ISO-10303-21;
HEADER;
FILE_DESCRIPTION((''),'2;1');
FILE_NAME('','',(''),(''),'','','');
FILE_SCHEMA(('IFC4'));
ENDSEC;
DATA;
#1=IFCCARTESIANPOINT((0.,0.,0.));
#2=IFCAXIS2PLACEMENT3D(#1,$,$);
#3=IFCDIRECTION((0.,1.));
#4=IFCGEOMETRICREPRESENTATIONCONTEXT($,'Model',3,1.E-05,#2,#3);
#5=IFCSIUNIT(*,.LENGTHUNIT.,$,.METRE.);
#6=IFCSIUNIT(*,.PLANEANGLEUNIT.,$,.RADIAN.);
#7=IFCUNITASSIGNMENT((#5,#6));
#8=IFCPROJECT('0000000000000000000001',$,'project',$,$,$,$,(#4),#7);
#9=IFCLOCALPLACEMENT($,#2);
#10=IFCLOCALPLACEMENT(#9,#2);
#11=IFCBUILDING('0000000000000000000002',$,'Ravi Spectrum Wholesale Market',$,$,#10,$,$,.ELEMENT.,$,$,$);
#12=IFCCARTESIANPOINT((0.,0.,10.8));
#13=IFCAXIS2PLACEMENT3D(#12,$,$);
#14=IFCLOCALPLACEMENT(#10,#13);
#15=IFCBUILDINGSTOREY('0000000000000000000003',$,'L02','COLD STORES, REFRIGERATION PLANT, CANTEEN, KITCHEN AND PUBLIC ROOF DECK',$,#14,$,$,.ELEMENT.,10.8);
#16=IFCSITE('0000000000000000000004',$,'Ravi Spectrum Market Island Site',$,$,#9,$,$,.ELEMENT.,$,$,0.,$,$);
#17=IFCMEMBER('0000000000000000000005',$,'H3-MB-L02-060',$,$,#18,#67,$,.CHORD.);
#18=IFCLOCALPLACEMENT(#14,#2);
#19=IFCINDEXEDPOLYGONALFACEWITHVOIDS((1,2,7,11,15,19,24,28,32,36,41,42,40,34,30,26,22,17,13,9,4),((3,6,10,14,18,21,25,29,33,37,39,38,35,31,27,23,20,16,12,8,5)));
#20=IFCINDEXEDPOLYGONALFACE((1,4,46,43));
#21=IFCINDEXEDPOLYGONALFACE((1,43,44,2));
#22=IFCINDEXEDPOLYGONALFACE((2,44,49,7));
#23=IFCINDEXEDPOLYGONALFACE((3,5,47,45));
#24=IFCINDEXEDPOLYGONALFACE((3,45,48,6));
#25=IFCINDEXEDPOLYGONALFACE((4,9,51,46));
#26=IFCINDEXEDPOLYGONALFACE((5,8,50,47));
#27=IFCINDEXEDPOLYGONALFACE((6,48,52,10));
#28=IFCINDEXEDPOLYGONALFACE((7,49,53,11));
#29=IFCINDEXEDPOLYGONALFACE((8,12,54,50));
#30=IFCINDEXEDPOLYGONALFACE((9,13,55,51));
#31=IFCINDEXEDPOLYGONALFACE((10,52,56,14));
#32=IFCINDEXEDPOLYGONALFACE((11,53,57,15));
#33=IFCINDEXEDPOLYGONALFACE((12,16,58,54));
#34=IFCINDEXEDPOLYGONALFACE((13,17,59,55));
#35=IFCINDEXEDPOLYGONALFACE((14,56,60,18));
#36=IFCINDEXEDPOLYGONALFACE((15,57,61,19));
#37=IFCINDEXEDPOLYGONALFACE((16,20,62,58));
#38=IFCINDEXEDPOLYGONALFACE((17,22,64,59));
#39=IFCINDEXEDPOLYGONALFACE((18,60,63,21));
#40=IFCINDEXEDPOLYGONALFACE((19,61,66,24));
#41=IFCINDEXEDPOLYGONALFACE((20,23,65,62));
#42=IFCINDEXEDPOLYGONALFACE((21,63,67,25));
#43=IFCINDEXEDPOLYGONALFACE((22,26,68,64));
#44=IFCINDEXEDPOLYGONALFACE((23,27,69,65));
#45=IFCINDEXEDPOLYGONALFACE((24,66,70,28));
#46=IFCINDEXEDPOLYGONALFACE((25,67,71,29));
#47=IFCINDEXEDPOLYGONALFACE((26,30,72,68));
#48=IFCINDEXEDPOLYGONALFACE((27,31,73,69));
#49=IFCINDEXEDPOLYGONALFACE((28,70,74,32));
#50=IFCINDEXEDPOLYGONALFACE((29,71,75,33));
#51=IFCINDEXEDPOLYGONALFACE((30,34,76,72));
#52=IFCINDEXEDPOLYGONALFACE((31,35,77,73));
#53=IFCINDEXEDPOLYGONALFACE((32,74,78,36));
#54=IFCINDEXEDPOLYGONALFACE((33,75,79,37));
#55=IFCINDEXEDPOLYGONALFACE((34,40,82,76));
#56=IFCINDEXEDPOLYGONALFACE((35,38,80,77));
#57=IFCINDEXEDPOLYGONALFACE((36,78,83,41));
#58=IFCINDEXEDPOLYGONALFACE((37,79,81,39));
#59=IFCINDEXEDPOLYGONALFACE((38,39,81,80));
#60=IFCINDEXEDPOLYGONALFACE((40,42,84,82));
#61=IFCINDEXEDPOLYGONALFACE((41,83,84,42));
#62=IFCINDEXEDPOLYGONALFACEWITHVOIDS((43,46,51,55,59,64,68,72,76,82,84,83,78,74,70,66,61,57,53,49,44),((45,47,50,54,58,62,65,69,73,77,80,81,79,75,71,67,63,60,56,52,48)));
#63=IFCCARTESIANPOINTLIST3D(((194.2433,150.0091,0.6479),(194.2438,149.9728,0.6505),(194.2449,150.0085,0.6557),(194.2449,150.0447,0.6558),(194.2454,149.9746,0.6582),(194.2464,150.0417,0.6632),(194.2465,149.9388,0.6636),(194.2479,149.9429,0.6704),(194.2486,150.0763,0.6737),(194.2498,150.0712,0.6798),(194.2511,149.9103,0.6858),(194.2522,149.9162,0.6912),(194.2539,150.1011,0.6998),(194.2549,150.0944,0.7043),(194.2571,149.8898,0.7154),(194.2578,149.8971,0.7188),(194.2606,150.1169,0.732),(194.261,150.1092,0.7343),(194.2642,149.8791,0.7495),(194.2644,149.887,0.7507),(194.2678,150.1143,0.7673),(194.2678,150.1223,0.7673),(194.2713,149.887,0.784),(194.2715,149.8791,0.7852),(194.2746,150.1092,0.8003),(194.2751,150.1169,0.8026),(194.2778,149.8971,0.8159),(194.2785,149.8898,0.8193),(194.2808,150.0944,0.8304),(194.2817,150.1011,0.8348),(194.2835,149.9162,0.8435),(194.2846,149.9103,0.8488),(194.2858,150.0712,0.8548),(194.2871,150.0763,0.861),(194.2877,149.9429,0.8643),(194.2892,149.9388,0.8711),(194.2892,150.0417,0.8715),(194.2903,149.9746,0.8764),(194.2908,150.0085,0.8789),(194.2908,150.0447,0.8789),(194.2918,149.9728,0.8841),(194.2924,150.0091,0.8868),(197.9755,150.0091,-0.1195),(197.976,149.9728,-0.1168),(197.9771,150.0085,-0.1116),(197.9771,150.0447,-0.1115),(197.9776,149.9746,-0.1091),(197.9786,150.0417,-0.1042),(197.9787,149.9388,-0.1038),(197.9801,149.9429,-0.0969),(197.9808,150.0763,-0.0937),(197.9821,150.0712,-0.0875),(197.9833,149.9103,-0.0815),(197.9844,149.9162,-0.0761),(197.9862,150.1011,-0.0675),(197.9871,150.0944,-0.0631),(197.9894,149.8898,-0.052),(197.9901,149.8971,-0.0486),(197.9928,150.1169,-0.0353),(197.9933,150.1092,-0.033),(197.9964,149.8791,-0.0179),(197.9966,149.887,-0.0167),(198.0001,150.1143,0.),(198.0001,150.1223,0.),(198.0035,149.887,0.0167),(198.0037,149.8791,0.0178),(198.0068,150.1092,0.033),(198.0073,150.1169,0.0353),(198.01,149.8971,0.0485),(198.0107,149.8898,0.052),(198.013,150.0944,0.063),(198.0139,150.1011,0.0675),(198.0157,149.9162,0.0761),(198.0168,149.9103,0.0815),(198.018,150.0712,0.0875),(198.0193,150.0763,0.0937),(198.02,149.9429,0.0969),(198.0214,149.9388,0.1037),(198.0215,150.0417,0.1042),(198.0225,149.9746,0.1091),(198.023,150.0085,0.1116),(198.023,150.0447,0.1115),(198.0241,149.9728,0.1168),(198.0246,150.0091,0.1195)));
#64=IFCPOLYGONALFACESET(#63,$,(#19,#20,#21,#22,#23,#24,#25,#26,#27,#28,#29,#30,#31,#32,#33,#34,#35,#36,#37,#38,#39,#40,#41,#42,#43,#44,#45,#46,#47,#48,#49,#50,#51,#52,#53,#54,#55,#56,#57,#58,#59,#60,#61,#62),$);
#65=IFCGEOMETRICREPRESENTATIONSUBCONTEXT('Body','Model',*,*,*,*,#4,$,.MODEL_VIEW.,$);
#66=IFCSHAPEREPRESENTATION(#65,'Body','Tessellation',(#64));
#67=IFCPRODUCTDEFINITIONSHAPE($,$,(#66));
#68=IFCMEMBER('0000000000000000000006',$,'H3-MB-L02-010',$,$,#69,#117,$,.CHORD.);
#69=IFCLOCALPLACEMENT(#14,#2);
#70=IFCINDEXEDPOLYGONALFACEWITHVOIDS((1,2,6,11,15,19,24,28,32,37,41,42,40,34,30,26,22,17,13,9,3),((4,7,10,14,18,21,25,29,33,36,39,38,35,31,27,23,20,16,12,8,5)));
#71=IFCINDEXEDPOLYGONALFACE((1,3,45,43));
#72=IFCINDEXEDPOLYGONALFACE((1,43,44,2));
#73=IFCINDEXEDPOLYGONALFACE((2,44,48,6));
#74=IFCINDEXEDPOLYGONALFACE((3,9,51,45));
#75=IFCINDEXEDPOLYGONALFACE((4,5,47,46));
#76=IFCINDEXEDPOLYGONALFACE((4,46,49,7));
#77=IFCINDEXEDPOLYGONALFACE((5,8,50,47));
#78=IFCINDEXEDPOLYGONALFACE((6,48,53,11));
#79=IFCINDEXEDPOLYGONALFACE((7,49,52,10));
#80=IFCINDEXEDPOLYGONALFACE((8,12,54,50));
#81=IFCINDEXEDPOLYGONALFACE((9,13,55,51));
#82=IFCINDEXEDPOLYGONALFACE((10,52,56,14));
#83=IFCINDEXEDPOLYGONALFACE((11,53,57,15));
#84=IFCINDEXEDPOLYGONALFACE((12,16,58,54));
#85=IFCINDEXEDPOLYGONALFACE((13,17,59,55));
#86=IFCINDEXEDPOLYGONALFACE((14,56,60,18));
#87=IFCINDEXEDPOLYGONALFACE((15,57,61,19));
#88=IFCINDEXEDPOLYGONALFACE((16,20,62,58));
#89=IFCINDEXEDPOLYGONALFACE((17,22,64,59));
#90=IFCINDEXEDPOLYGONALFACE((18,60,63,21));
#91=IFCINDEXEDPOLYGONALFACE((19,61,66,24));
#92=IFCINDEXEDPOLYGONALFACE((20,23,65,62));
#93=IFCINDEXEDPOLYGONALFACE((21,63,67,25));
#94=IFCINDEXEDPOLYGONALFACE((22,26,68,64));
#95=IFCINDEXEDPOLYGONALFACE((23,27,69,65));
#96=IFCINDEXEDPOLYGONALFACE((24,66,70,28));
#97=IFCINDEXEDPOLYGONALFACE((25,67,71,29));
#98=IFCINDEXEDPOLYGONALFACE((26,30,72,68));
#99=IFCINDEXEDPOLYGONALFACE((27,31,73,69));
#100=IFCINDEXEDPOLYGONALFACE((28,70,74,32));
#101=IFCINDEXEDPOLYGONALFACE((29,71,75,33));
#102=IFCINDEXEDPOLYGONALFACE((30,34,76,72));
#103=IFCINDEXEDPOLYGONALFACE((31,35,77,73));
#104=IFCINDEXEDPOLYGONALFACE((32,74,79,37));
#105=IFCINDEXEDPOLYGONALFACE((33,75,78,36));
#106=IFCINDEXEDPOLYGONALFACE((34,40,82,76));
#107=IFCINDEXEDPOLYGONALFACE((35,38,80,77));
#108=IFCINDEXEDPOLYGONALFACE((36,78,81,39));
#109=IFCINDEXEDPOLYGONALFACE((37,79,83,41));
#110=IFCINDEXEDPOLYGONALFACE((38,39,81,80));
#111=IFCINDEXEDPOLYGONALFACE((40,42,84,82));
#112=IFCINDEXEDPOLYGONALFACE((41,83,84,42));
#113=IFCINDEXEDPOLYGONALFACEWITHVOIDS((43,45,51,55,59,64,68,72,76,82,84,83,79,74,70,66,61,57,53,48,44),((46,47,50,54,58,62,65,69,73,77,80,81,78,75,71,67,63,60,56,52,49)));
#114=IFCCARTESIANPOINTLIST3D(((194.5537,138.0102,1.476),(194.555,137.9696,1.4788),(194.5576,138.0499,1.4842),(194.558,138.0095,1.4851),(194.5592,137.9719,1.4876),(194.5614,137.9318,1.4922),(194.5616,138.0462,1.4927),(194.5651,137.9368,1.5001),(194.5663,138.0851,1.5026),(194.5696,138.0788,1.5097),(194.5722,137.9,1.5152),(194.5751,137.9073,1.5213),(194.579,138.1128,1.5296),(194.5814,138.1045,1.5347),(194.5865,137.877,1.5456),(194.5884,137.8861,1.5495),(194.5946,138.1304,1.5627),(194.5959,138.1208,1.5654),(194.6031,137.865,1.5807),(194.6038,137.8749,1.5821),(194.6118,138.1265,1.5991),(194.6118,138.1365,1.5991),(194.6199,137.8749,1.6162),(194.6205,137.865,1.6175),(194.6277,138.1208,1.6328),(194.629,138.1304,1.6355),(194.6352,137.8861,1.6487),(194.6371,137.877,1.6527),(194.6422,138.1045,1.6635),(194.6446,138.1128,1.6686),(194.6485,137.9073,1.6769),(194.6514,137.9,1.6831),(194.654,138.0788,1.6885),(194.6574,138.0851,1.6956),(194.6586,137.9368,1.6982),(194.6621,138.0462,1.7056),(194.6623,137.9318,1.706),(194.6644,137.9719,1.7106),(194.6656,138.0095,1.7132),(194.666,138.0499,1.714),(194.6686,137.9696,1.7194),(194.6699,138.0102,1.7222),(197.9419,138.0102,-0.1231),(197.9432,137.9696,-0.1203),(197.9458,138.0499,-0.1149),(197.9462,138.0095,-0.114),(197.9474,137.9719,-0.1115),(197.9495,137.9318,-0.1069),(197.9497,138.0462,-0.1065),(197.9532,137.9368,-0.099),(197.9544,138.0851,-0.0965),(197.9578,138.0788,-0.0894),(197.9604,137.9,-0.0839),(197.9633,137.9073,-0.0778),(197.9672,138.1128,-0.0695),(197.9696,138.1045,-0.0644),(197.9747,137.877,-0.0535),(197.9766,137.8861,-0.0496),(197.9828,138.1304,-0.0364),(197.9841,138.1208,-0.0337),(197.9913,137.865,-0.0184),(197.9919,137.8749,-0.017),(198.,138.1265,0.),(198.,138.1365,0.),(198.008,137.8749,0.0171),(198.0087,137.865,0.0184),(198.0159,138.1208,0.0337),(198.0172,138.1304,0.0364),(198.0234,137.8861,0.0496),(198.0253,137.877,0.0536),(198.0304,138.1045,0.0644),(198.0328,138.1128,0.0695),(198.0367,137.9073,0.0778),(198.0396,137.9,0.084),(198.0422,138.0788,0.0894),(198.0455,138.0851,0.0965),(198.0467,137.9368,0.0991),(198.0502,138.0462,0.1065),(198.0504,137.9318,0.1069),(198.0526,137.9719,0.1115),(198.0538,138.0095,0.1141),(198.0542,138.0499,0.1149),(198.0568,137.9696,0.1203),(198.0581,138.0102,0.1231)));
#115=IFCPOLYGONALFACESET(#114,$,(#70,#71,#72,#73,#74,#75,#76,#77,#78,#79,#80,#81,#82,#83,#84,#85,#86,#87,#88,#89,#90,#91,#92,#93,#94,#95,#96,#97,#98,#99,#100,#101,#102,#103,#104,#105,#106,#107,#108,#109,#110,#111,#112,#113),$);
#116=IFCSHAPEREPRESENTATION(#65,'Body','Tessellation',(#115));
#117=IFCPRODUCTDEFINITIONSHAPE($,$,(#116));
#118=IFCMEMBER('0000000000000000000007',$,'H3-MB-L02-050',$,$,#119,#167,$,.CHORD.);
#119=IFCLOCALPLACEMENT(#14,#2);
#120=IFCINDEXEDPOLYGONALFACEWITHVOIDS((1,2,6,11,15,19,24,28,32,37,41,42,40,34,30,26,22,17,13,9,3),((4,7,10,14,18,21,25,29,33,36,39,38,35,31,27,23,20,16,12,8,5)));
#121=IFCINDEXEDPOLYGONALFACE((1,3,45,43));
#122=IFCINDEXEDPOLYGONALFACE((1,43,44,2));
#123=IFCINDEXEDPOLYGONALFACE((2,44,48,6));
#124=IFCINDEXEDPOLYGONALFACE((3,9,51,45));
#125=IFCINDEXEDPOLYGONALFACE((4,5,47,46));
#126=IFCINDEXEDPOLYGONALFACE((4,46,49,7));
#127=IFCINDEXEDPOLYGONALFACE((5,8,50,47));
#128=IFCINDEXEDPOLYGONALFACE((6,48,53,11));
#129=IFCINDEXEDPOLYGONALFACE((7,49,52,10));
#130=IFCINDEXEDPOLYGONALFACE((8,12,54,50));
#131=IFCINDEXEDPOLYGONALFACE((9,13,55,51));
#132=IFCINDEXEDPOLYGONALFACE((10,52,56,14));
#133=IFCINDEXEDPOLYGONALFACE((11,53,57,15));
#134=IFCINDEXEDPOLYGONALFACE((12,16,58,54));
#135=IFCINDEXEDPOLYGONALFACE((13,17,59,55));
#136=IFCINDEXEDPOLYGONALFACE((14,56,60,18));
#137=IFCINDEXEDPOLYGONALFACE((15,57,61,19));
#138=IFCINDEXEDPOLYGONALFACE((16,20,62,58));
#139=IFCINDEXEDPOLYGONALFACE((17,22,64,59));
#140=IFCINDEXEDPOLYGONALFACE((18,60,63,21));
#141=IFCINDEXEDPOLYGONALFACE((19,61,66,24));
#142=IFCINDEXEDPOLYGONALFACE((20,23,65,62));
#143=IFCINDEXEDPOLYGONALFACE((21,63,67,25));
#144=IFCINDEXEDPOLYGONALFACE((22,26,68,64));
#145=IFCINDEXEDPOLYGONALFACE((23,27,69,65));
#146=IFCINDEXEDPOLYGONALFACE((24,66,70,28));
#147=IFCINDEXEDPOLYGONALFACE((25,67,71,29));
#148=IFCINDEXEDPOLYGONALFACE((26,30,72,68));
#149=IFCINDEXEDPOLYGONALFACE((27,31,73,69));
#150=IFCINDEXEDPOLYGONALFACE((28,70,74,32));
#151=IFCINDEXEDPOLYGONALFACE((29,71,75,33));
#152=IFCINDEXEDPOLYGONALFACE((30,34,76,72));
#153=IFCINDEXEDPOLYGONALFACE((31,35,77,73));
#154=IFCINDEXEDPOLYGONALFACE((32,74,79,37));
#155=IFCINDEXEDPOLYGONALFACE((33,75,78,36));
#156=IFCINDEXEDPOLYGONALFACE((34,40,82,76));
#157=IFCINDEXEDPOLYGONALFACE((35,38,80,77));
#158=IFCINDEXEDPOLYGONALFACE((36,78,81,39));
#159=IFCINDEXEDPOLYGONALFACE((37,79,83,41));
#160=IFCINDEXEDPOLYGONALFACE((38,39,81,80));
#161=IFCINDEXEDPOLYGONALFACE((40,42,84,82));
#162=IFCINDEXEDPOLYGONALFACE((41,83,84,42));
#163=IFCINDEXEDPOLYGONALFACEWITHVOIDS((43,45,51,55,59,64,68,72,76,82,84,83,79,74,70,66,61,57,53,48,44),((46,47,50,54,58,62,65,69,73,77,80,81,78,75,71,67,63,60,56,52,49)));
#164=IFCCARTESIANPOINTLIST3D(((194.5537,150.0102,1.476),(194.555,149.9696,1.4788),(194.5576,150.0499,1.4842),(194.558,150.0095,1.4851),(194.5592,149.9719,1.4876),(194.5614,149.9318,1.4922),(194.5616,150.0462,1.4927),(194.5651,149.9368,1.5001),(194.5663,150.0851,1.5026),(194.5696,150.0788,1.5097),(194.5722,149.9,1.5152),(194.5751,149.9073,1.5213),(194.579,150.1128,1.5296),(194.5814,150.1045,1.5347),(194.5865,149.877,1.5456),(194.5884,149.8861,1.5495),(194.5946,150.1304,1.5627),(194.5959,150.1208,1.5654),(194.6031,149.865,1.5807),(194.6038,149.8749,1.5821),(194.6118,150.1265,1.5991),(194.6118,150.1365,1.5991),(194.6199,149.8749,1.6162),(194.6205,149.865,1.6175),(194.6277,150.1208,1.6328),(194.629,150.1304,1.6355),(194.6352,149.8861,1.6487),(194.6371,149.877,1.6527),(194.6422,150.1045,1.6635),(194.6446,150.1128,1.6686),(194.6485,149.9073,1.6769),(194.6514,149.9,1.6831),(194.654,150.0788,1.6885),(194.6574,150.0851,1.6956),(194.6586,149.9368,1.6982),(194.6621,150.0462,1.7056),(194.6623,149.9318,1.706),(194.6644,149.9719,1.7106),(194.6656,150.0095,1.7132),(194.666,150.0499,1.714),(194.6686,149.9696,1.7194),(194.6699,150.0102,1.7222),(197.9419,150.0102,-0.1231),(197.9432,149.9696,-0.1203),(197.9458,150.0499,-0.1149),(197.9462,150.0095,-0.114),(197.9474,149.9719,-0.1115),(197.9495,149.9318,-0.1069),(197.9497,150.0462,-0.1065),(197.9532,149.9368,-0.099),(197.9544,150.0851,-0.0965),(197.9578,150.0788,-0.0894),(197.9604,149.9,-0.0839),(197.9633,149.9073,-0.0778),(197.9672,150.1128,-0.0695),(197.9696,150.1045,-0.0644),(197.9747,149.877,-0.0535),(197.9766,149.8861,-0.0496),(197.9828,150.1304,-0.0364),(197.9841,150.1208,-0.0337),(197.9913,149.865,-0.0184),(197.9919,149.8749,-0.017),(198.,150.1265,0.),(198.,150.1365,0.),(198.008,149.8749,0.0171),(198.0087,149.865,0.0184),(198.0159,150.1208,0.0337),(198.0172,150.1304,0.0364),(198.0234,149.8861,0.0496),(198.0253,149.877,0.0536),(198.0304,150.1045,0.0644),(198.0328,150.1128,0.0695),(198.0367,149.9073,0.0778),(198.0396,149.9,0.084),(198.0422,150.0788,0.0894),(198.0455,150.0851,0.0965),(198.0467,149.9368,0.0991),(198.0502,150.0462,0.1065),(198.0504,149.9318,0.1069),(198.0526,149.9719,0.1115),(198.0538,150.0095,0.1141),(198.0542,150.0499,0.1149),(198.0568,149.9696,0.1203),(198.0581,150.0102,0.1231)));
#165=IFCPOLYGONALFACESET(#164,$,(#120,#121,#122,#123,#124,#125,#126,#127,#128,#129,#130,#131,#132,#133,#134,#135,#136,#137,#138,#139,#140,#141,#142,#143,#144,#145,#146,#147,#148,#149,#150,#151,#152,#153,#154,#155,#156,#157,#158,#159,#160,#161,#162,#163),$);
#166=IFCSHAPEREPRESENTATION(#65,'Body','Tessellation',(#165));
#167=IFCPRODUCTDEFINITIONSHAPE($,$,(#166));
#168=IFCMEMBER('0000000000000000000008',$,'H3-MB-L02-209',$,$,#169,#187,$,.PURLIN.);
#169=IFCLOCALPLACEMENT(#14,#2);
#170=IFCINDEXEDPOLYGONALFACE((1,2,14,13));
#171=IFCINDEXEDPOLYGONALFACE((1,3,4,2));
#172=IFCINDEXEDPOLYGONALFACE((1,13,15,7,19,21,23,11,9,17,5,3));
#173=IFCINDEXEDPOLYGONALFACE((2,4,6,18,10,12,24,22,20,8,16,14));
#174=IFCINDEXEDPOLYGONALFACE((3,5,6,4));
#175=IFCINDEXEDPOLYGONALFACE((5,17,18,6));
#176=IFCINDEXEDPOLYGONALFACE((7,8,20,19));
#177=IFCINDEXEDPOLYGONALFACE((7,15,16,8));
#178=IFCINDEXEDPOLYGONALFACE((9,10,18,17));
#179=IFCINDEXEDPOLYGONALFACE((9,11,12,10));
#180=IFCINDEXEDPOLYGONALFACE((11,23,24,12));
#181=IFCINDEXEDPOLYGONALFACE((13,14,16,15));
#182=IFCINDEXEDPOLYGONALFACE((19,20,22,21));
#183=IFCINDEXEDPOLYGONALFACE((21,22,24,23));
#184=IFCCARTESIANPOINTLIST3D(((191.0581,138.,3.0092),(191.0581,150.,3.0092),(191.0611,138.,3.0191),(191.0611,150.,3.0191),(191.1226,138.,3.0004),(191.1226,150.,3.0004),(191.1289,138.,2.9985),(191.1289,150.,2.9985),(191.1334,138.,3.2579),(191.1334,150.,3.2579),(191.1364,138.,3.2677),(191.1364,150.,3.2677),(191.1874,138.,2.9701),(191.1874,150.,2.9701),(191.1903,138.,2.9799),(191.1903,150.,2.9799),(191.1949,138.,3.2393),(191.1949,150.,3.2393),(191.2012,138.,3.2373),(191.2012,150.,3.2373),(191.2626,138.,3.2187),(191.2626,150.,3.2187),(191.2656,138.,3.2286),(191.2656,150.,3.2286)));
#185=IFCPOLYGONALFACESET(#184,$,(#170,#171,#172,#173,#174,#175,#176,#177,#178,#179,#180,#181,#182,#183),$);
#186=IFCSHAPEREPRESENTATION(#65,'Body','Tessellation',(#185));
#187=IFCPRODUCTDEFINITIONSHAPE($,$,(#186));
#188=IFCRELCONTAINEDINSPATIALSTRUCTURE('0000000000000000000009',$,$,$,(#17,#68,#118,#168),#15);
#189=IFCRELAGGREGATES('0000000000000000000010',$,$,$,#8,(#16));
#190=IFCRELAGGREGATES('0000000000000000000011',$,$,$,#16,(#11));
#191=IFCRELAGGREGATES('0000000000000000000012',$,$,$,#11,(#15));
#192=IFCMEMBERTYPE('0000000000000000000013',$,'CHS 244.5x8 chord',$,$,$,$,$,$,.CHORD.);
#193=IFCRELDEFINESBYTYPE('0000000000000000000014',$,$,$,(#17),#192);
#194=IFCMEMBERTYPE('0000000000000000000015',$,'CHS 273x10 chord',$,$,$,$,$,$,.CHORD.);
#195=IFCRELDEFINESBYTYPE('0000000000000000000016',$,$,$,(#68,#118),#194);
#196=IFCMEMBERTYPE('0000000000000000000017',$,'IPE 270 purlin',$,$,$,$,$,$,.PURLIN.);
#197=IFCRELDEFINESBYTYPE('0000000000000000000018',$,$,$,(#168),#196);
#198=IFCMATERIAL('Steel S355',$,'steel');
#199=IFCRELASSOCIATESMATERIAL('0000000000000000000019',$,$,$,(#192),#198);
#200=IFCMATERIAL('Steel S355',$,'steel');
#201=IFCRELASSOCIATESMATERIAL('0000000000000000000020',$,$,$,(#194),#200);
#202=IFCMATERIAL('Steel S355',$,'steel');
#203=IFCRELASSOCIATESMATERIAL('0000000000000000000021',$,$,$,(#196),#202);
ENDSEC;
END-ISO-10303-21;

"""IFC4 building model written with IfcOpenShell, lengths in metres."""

from ifc_helpers import new_model, si_unit, direction, frame, origin, origin_2d, place, context, subcontext, project, spatial, hollow_circle, i_section, extrude, material, material_profile, profile_set, type_object, element, save


model = new_model("IFC4")

# Units and contexts
model_context = context("Model", 3, precision=1e-05, world=origin(), true_north=direction((0.0, 1.0)))
body_context = subcontext(model_context, "Body", "Model", "MODEL_VIEW")
ifc_project = project(units=[si_unit("LENGTHUNIT", "METRE"), si_unit("PLANEANGLEUNIT", "RADIAN")], contexts=[model_context])

# Site, building, storey
site_placement = place(None, origin())
site = spatial("IfcSite", under=ifc_project, at=site_placement, Name="Ravi Spectrum Market Island Site", CompositionType="ELEMENT", RefElevation=0.0)
building_placement = place(site_placement, origin())
building = spatial("IfcBuilding", under=site, at=building_placement, Name="Ravi Spectrum Wholesale Market", CompositionType="ELEMENT")
storey_placement = place(building_placement, frame((0.0, 0.0, 10.8)))
storey = spatial("IfcBuildingStorey", under=building, at=storey_placement, Name="L02", Description="COLD STORES, REFRIGERATION PLANT, CANTEEN, KITCHEN AND PUBLIC ROOF DECK", CompositionType="ELEMENT", Elevation=10.8)

# Members
ifc_material_1 = material(Name="Steel S355", Category="steel")
ifc_material_profile_1 = material_profile(ifc_material_1, hollow_circle(Radius=0.1223, WallThickness=0.0081, at=origin_2d()))
ifc_profile_set_1 = profile_set([ifc_material_profile_1], Name="Steel S355")
member_type_1 = type_object("IfcMemberType", Name="CHS 244.5x8 chord", PredefinedType="CHORD", material=ifc_profile_set_1)
for number, where, z_axis, x_axis, name in (
    (1, (194.2678, 150.0, 0.7673), (0.979512, 0.0, -0.201387), (0.0, 1.0, 0.0), "H3-MB-L02-060"),
):
    element("IfcMember", number, at=place(storey_placement, frame(where, z_axis=z_axis, x_axis=x_axis)), inside=storey, type_object=member_type_1, Name=name, PredefinedType="CHORD", context=body_context, shape_type="SweptSolid", body=[
        extrude(hollow_circle(Radius=0.1223, WallThickness=0.0081, at=origin_2d()), origin(), (0.0, 0.0, 1.0), 3.8103),
    ])
ifc_material_2 = material(Name="Steel S355", Category="steel")
ifc_material_profile_2 = material_profile(ifc_material_2, hollow_circle(Radius=0.1365, WallThickness=0.01, at=origin_2d()))
ifc_profile_set_2 = profile_set([ifc_material_profile_2], Name="Steel S355")
member_type_2 = type_object("IfcMemberType", Name="CHS 273x10 chord", PredefinedType="CHORD", material=ifc_profile_set_2)
for number, where, z_axis, x_axis, name in (
    (2, (194.6118, 138.0, 1.5991), (0.904337, 0.0, -0.42682), (0.0, 1.0, 0.0), "H3-MB-L02-010"),
    (3, (194.6118, 150.0, 1.5991), (0.904337, 0.0, -0.42682), (0.0, 1.0, 0.0), "H3-MB-L02-050"),
):
    element("IfcMember", number, at=place(storey_placement, frame(where, z_axis=z_axis, x_axis=x_axis)), inside=storey, type_object=member_type_2, Name=name, PredefinedType="CHORD", context=body_context, shape_type="SweptSolid", body=[
        extrude(hollow_circle(Radius=0.1365, WallThickness=0.01, at=origin_2d()), origin(), (0.0, 0.0, 1.0), 3.7466),
    ])
ifc_material_3 = material(Name="Steel S355", Category="steel")
ifc_material_profile_3 = material_profile(ifc_material_3, i_section(OverallWidth=0.135, OverallDepth=0.27, WebThickness=0.0066, FlangeThickness=0.0103, at=origin_2d()))
ifc_profile_set_3 = profile_set([ifc_material_profile_3], Name="Steel S355")
member_type_3 = type_object("IfcMemberType", Name="IPE 270 purlin", PredefinedType="PURLIN", material=ifc_profile_set_3)
for number, where, z_axis, x_axis, name in (
    (4, (191.1619, 138.0, 3.1189), (0.0, 1.0, 0.0), (-0.9571, 0.0, 0.289758), "H3-MB-L02-209"),
):
    element("IfcMember", number, at=place(storey_placement, frame(where, z_axis=z_axis, x_axis=x_axis)), inside=storey, type_object=member_type_3, Name=name, PredefinedType="PURLIN", context=body_context, shape_type="SweptSolid", body=[
        extrude(i_section(OverallWidth=0.135, OverallDepth=0.27, WebThickness=0.0066, FlangeThickness=0.0103, at=origin_2d()), origin(), (0.0, 0.0, 1.0), 12.0),
    ])

save(model, "model.ifc")
